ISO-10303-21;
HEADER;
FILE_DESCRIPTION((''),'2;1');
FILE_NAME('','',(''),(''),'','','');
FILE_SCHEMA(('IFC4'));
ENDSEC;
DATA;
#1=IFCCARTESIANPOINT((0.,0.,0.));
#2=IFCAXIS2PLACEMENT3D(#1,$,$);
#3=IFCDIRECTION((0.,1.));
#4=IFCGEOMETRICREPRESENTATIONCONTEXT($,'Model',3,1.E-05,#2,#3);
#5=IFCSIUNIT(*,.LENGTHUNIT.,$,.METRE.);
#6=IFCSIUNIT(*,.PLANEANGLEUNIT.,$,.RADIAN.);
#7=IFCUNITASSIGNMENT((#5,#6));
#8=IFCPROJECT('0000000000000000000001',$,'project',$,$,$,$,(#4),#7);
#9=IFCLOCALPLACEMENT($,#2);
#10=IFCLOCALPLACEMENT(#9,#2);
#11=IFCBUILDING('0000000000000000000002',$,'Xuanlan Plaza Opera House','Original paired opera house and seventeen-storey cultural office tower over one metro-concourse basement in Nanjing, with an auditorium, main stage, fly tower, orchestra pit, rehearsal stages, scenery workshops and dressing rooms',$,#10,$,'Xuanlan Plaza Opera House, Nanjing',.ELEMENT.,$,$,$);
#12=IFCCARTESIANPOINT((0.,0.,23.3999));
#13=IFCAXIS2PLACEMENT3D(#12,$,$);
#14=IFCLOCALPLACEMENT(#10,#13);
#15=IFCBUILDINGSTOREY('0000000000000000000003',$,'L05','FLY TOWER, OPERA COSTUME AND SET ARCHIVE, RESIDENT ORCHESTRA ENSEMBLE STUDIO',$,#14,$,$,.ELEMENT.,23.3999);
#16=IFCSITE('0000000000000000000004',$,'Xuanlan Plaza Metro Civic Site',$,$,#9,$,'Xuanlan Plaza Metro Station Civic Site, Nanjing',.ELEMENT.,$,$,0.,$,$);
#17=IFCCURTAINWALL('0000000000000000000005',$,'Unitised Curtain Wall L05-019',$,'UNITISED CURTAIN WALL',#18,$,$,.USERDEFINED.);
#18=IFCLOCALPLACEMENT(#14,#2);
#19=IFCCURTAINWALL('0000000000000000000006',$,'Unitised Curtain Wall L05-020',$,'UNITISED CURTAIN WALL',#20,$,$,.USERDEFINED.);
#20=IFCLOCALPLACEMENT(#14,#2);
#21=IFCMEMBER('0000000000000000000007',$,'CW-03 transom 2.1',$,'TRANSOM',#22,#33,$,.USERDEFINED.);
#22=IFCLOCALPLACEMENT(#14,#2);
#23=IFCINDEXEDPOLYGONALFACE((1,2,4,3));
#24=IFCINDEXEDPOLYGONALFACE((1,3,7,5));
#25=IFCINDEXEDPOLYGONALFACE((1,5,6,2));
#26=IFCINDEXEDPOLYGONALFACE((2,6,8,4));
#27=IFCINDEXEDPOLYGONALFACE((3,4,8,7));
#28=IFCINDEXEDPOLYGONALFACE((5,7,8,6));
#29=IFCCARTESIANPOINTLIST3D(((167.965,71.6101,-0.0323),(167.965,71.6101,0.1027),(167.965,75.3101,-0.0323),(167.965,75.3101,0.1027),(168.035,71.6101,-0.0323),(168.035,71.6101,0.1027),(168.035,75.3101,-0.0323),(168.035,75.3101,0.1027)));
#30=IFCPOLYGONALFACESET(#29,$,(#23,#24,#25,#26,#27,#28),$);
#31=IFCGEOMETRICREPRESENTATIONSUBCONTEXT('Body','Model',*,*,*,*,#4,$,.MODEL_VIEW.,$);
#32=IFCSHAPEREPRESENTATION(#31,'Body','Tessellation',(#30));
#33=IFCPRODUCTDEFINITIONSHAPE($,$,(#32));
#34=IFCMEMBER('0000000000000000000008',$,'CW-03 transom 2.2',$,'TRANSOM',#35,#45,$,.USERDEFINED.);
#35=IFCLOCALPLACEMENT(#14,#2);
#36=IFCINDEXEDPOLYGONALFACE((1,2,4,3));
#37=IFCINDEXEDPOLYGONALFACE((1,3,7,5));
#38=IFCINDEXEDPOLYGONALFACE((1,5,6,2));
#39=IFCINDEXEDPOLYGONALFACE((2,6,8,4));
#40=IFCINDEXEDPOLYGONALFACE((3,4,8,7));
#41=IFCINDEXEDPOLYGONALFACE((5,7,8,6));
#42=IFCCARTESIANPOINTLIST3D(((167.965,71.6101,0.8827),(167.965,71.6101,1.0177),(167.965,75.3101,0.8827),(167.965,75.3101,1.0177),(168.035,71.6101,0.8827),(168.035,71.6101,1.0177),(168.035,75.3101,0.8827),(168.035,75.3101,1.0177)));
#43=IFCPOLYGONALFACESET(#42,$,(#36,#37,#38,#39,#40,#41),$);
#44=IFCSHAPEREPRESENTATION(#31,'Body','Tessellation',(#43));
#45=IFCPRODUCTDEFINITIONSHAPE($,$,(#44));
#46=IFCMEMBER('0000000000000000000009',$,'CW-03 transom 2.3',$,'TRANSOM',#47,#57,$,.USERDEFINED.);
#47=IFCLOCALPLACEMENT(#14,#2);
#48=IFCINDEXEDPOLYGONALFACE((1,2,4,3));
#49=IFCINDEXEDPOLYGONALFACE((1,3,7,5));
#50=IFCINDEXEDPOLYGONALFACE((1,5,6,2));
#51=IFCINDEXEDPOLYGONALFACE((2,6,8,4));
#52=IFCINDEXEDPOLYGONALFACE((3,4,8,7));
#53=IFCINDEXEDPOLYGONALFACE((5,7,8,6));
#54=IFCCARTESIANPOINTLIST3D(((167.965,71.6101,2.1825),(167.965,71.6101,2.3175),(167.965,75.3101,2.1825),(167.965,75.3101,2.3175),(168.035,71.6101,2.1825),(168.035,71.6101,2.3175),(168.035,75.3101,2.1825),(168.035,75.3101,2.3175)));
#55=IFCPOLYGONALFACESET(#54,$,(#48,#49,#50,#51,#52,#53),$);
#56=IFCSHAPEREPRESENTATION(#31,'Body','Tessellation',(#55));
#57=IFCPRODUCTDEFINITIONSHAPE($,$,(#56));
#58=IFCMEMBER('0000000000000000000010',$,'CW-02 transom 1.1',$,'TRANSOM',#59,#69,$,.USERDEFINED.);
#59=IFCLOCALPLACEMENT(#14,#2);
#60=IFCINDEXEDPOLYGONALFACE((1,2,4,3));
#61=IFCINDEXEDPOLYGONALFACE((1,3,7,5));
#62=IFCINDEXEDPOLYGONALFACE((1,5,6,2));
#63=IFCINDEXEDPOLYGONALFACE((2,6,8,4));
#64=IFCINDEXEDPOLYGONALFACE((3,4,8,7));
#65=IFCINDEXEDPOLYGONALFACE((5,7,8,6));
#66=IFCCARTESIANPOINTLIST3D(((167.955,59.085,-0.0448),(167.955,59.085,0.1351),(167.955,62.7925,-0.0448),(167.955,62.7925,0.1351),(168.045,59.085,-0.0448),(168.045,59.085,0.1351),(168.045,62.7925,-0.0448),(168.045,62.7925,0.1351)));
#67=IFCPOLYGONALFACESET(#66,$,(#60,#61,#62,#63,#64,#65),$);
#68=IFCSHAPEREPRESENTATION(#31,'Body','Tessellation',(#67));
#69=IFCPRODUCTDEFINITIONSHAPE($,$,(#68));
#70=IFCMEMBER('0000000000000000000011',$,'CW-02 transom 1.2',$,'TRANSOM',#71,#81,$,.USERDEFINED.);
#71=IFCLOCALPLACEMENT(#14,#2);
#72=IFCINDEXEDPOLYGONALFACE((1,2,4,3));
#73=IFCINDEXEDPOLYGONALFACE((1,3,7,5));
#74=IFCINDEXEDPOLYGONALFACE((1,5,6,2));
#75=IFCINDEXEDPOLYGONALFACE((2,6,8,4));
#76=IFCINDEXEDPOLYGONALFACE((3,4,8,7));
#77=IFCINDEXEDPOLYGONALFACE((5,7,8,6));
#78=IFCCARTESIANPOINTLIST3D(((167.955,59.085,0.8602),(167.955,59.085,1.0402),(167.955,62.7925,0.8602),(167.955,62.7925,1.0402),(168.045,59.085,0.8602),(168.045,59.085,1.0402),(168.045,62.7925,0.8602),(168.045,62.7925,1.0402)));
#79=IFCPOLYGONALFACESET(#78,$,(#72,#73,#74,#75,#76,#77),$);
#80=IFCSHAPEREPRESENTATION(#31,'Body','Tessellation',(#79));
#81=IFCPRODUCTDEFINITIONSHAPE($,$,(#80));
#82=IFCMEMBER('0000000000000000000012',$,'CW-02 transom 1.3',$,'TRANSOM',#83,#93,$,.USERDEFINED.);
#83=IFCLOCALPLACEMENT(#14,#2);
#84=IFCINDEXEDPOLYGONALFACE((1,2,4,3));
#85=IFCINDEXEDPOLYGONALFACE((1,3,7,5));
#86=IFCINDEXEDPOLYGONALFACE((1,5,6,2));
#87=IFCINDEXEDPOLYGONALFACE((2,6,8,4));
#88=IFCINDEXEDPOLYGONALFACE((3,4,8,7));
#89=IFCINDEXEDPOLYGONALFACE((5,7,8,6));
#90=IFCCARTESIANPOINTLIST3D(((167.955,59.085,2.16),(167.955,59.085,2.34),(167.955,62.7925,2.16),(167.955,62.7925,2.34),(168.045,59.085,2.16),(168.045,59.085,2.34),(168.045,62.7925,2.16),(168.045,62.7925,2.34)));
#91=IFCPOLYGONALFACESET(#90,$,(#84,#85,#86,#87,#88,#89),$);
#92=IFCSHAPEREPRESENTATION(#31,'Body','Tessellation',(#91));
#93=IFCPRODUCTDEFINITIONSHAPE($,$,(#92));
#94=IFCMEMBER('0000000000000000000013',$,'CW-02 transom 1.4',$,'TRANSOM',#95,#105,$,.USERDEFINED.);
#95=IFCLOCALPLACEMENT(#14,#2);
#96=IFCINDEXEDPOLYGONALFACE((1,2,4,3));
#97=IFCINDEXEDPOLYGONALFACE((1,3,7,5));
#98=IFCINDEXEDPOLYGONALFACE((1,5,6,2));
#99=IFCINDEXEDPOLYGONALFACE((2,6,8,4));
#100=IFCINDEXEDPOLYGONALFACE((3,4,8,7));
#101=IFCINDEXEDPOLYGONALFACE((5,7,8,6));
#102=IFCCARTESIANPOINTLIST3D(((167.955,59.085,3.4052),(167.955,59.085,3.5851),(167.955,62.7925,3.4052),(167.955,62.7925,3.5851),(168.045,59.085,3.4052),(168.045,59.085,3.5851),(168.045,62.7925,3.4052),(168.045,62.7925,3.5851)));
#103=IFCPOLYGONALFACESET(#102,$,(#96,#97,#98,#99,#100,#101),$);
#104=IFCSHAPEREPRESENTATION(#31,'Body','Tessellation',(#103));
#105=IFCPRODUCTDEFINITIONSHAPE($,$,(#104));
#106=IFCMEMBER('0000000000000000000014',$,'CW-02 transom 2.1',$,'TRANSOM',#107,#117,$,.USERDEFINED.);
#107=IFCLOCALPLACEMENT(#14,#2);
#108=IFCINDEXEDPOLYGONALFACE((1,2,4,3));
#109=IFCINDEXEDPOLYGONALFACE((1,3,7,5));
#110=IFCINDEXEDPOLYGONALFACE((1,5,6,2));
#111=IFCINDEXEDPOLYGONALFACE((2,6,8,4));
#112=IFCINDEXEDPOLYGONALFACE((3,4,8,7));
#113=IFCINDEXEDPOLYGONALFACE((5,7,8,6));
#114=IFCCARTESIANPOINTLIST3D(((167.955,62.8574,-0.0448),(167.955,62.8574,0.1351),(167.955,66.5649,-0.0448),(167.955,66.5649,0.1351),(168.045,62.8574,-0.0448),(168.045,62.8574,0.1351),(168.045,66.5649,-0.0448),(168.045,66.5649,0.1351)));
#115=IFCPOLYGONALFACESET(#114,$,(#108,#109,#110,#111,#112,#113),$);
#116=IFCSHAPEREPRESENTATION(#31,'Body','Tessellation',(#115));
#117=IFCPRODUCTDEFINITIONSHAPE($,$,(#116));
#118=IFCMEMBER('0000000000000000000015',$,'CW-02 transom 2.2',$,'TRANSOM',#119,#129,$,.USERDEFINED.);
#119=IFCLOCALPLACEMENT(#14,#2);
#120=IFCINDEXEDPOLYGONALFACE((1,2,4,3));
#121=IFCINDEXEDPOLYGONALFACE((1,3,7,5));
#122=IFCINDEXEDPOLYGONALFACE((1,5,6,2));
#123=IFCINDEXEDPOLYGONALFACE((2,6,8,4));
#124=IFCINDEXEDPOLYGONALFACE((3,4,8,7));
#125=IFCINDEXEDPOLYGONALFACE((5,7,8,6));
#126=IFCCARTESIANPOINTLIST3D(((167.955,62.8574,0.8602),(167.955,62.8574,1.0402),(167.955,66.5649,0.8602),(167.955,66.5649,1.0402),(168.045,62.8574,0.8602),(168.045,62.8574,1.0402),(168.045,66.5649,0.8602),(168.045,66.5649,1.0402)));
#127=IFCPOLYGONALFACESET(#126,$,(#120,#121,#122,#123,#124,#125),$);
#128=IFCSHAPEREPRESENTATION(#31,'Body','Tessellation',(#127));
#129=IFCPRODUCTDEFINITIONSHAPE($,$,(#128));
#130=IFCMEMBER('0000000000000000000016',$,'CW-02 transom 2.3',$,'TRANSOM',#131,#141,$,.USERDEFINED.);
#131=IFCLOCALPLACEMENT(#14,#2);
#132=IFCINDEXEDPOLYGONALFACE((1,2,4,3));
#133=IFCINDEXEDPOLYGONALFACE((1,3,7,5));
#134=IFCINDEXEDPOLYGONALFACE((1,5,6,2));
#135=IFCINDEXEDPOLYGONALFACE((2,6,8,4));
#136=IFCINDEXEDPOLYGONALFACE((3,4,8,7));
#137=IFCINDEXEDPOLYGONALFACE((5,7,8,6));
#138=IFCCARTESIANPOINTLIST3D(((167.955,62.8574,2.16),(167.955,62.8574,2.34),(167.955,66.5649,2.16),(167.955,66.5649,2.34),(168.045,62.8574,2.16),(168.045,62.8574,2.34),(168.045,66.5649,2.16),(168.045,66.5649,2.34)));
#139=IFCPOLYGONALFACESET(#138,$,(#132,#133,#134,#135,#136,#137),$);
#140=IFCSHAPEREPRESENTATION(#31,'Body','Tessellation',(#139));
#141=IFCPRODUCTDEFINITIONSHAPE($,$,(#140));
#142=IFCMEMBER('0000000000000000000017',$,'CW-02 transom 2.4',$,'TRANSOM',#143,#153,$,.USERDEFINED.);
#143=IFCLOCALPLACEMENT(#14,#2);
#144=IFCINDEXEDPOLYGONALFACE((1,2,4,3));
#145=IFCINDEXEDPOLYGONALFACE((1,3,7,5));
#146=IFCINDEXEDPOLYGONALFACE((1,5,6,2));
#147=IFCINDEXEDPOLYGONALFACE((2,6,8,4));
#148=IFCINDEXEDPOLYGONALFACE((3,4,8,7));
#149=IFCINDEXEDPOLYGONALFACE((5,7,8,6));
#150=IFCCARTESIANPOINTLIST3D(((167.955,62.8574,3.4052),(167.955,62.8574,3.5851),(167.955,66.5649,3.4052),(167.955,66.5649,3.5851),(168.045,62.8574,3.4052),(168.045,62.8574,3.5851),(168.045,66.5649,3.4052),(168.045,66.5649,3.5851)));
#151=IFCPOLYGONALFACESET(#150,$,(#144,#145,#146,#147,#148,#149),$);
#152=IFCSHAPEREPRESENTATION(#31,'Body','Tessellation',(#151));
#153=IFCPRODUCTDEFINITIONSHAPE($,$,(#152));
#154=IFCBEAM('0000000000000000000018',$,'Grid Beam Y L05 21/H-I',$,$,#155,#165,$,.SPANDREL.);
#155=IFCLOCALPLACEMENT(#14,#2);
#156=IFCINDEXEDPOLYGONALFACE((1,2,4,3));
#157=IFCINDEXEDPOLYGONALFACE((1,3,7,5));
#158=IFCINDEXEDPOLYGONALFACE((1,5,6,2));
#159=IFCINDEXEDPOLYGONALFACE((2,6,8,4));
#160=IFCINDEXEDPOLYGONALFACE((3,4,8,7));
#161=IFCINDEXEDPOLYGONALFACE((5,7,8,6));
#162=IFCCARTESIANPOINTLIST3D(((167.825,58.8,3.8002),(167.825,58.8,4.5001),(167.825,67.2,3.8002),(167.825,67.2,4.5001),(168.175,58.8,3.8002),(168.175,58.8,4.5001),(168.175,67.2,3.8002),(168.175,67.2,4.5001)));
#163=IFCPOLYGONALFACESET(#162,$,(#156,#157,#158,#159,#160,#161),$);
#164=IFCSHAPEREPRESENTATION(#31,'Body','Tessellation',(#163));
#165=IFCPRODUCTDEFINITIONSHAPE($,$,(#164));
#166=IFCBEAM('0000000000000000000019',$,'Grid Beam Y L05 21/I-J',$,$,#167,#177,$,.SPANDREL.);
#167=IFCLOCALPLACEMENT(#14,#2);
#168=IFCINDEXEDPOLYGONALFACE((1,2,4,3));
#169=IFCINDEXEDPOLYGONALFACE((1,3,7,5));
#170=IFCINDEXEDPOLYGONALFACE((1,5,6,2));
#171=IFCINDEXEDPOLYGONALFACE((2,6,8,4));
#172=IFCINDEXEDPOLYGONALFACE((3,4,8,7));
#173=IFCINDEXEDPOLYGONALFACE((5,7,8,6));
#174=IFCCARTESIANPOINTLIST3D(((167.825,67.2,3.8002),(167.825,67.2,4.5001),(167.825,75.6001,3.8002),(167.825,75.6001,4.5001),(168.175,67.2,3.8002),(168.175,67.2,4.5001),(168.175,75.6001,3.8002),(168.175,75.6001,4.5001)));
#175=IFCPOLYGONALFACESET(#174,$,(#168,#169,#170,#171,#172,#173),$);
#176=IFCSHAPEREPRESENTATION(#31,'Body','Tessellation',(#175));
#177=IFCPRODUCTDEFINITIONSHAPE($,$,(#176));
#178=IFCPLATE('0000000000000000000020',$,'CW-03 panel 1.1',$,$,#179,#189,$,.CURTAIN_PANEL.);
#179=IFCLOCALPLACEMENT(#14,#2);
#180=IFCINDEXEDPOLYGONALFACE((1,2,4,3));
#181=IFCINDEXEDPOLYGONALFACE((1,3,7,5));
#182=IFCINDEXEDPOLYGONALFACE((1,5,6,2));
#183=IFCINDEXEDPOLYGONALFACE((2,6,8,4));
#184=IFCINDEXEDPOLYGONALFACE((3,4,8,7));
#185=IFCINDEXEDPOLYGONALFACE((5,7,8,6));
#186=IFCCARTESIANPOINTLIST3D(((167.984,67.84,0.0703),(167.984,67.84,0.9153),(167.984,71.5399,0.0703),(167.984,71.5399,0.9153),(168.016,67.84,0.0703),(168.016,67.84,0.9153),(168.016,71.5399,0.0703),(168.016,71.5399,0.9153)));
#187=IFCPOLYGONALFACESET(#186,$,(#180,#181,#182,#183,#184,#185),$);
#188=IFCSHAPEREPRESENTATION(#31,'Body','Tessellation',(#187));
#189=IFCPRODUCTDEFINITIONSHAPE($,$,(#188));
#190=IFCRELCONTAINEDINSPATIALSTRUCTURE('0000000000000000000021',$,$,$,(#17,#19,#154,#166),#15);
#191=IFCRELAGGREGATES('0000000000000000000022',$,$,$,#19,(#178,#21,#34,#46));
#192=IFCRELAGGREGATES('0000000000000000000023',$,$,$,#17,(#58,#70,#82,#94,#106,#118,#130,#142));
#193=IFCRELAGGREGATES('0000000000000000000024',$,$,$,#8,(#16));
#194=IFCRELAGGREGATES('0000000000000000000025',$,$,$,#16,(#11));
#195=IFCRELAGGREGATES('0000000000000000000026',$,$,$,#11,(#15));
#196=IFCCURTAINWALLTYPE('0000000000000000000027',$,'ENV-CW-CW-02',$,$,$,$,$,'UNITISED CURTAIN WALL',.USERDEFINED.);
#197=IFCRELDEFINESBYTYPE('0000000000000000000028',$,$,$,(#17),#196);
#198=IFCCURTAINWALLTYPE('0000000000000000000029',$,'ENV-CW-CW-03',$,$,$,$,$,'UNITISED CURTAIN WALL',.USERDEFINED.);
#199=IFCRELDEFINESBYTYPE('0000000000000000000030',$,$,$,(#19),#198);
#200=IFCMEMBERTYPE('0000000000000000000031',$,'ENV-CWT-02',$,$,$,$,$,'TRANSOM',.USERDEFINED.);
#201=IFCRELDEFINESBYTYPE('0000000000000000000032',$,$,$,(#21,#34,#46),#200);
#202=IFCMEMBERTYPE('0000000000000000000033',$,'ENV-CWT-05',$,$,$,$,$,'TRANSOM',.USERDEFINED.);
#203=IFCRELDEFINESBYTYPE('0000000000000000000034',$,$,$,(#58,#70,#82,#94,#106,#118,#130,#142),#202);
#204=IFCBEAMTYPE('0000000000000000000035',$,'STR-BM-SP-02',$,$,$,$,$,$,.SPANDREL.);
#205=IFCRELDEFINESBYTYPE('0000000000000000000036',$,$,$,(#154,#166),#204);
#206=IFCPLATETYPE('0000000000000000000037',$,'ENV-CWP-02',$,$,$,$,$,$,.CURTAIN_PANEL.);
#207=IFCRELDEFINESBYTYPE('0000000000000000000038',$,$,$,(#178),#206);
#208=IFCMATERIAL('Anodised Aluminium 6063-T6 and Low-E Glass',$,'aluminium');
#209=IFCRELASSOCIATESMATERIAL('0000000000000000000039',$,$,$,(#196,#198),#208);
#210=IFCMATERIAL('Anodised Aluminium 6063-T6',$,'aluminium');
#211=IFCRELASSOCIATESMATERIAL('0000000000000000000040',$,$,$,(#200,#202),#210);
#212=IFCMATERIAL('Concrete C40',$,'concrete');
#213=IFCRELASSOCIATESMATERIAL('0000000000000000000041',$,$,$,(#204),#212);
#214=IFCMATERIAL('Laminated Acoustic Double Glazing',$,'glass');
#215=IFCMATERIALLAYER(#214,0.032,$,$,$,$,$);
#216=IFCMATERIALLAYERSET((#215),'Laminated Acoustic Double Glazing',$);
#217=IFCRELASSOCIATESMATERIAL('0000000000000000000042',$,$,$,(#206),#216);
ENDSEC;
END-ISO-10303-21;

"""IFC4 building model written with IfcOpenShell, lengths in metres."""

from ifc_helpers import new_model, si_unit, direction, frame, origin, origin_2d, place, context, subcontext, project, spatial, rectangle, extrude, material, layer, layer_set, material_profile, profile_set, type_object, element, aggregate, save


model = new_model("IFC4")

# Units and contexts
model_context = context("Model", 3, precision=1e-05, world=origin(), true_north=direction((0.0, 1.0)))
body_context = subcontext(model_context, "Body", "Model", "MODEL_VIEW")
ifc_project = project(units=[si_unit("LENGTHUNIT", "METRE"), si_unit("PLANEANGLEUNIT", "RADIAN")], contexts=[model_context])

# Site, building, storey
site_placement = place(None, origin())
site = spatial("IfcSite", under=ifc_project, at=site_placement, Name="Xuanlan Plaza Metro Civic Site", LongName="Xuanlan Plaza Metro Station Civic Site, Nanjing", CompositionType="ELEMENT", RefElevation=0.0)
building_placement = place(site_placement, origin())
building = spatial("IfcBuilding", under=site, at=building_placement, Name="Xuanlan Plaza Opera House", Description="Original paired opera house and seventeen-storey cultural office tower over one metro-concourse basement in Nanjing, with an auditorium, main stage, fly tower, orchestra pit, rehearsal stages, scenery workshops and dressing rooms", LongName="Xuanlan Plaza Opera House, Nanjing", CompositionType="ELEMENT")
storey_placement = place(building_placement, frame((0.0, 0.0, 23.3999)))
storey = spatial("IfcBuildingStorey", under=building, at=storey_placement, Name="L05", Description="FLY TOWER, OPERA COSTUME AND SET ARCHIVE, RESIDENT ORCHESTRA ENSEMBLE STUDIO", CompositionType="ELEMENT", Elevation=23.3999)

# Curtain walls, members
ifc_material_1 = material(Name="Anodised Aluminium 6063-T6 and Low-E Glass", Category="aluminium")
curtain_wall_type_1 = type_object("IfcCurtainWallType", Name="ENV-CW-CW-02", ElementType="UNITISED CURTAIN WALL", PredefinedType="USERDEFINED", material=ifc_material_1)
curtain_wall_1_placement = place(storey_placement, origin())
curtain_wall_1 = element("IfcCurtainWall", 1, at=curtain_wall_1_placement, inside=storey, type_object=curtain_wall_type_1, Name="Unitised Curtain Wall L05-019", ObjectType="UNITISED CURTAIN WALL", PredefinedType="USERDEFINED")
ifc_material_2 = material(Name="Anodised Aluminium 6063-T6", Category="aluminium")
curtain_wall_type_2 = type_object("IfcCurtainWallType", Name="ENV-CW-CW-03", ElementType="UNITISED CURTAIN WALL", PredefinedType="USERDEFINED", material=ifc_material_1)
curtain_wall_2_placement = place(storey_placement, origin())
curtain_wall_2 = element("IfcCurtainWall", 2, at=curtain_wall_2_placement, inside=storey, type_object=curtain_wall_type_2, Name="Unitised Curtain Wall L05-020", ObjectType="UNITISED CURTAIN WALL", PredefinedType="USERDEFINED")
ifc_material_profile_1 = material_profile(ifc_material_2, rectangle(XDim=0.0701, YDim=0.135, at=origin_2d()), Name="ALU-T 70x135")
ifc_profile_set_1 = profile_set([ifc_material_profile_1], Name="Anodised Aluminium 6063-T6")
member_type_1 = type_object("IfcMemberType", Name="ENV-CWT-02", ElementType="TRANSOM", PredefinedType="USERDEFINED", material=ifc_profile_set_1)
member_1_placement = place(storey_placement, frame((168.0, 71.6101, 0.0352), z_axis=(0.0, 1.0, 0.0), x_axis=(-1.0, 0.0, 0.0)))
member_1 = element("IfcMember", 3, at=member_1_placement, type_object=member_type_1, Name="CW-03 transom 2.1", ObjectType="TRANSOM", PredefinedType="USERDEFINED", context=body_context, shape_type="SweptSolid", body=[
    extrude(rectangle(XDim=0.0701, YDim=0.135, at=origin_2d()), origin(), (0.0, 0.0, 1.0), 3.7),
])
member_2_placement = place(storey_placement, frame((168.0, 71.6101, 0.9502), z_axis=(0.0, 1.0, 0.0), x_axis=(-1.0, 0.0, 0.0)))
member_2 = element("IfcMember", 4, at=member_2_placement, type_object=member_type_1, Name="CW-03 transom 2.2", ObjectType="TRANSOM", PredefinedType="USERDEFINED", context=body_context, shape_type="SweptSolid", body=[
    extrude(rectangle(XDim=0.0701, YDim=0.135, at=origin_2d()), origin(), (0.0, 0.0, 1.0), 3.7),
])
member_3_placement = place(storey_placement, frame((168.0, 71.6101, 2.25), z_axis=(0.0, 1.0, 0.0), x_axis=(-1.0, 0.0, 0.0)))
member_3 = element("IfcMember", 5, at=member_3_placement, type_object=member_type_1, Name="CW-03 transom 2.3", ObjectType="TRANSOM", PredefinedType="USERDEFINED", context=body_context, shape_type="SweptSolid", body=[
    extrude(rectangle(XDim=0.0701, YDim=0.135, at=origin_2d()), origin(), (0.0, 0.0, 1.0), 3.7),
])

# Members
ifc_material_profile_2 = material_profile(ifc_material_2, rectangle(XDim=0.0901, YDim=0.1799, at=origin_2d()), Name="ALU-T 90x180")
ifc_profile_set_2 = profile_set([ifc_material_profile_2], Name="Anodised Aluminium 6063-T6")
member_type_2 = type_object("IfcMemberType", Name="ENV-CWT-05", ElementType="TRANSOM", PredefinedType="USERDEFINED", material=ifc_profile_set_2)
member_4_placement = place(storey_placement, frame((168.0, 59.085, 0.0452), z_axis=(0.0, 1.0, 0.0), x_axis=(-1.0, 0.0, 0.0)))
member_4 = element("IfcMember", 6, at=member_4_placement, type_object=member_type_2, Name="CW-02 transom 1.1", ObjectType="TRANSOM", PredefinedType="USERDEFINED", context=body_context, shape_type="SweptSolid", body=[
    extrude(rectangle(XDim=0.0901, YDim=0.1799, at=origin_2d()), origin(), (0.0, 0.0, 1.0), 3.7075),
])
member_5_placement = place(storey_placement, frame((168.0, 59.085, 0.9502), z_axis=(0.0, 1.0, 0.0), x_axis=(-1.0, 0.0, 0.0)))
member_5 = element("IfcMember", 7, at=member_5_placement, type_object=member_type_2, Name="CW-02 transom 1.2", ObjectType="TRANSOM", PredefinedType="USERDEFINED", context=body_context, shape_type="SweptSolid", body=[
    extrude(rectangle(XDim=0.0901, YDim=0.1799, at=origin_2d()), origin(), (0.0, 0.0, 1.0), 3.7075),
])
member_6_placement = place(storey_placement, frame((168.0, 59.085, 2.25), z_axis=(0.0, 1.0, 0.0), x_axis=(-1.0, 0.0, 0.0)))
member_6 = element("IfcMember", 8, at=member_6_placement, type_object=member_type_2, Name="CW-02 transom 1.3", ObjectType="TRANSOM", PredefinedType="USERDEFINED", context=body_context, shape_type="SweptSolid", body=[
    extrude(rectangle(XDim=0.0901, YDim=0.1799, at=origin_2d()), origin(), (0.0, 0.0, 1.0), 3.7075),
])
member_7_placement = place(storey_placement, frame((168.0, 59.085, 3.4951), z_axis=(0.0, 1.0, 0.0), x_axis=(-1.0, 0.0, 0.0)))
member_7 = element("IfcMember", 9, at=member_7_placement, type_object=member_type_2, Name="CW-02 transom 1.4", ObjectType="TRANSOM", PredefinedType="USERDEFINED", context=body_context, shape_type="SweptSolid", body=[
    extrude(rectangle(XDim=0.0901, YDim=0.1799, at=origin_2d()), origin(), (0.0, 0.0, 1.0), 3.7075),
])
member_8_placement = place(storey_placement, frame((168.0, 62.8574, 0.0452), z_axis=(0.0, 1.0, 0.0), x_axis=(-1.0, 0.0, 0.0)))
member_8 = element("IfcMember", 10, at=member_8_placement, type_object=member_type_2, Name="CW-02 transom 2.1", ObjectType="TRANSOM", PredefinedType="USERDEFINED", context=body_context, shape_type="SweptSolid", body=[
    extrude(rectangle(XDim=0.0901, YDim=0.1799, at=origin_2d()), origin(), (0.0, 0.0, 1.0), 3.7075),
])
member_9_placement = place(storey_placement, frame((168.0, 62.8574, 0.9502), z_axis=(0.0, 1.0, 0.0), x_axis=(-1.0, 0.0, 0.0)))
member_9 = element("IfcMember", 11, at=member_9_placement, type_object=member_type_2, Name="CW-02 transom 2.2", ObjectType="TRANSOM", PredefinedType="USERDEFINED", context=body_context, shape_type="SweptSolid", body=[
    extrude(rectangle(XDim=0.0901, YDim=0.1799, at=origin_2d()), origin(), (0.0, 0.0, 1.0), 3.7075),
])
member_10_placement = place(storey_placement, frame((168.0, 62.8574, 2.25), z_axis=(0.0, 1.0, 0.0), x_axis=(-1.0, 0.0, 0.0)))
member_10 = element("IfcMember", 12, at=member_10_placement, type_object=member_type_2, Name="CW-02 transom 2.3", ObjectType="TRANSOM", PredefinedType="USERDEFINED", context=body_context, shape_type="SweptSolid", body=[
    extrude(rectangle(XDim=0.0901, YDim=0.1799, at=origin_2d()), origin(), (0.0, 0.0, 1.0), 3.7075),
])
member_11_placement = place(storey_placement, frame((168.0, 62.8574, 3.4951), z_axis=(0.0, 1.0, 0.0), x_axis=(-1.0, 0.0, 0.0)))
member_11 = element("IfcMember", 13, at=member_11_placement, type_object=member_type_2, Name="CW-02 transom 2.4", ObjectType="TRANSOM", PredefinedType="USERDEFINED", context=body_context, shape_type="SweptSolid", body=[
    extrude(rectangle(XDim=0.0901, YDim=0.1799, at=origin_2d()), origin(), (0.0, 0.0, 1.0), 3.7075),
])

# Beams
ifc_material_3 = material(Name="Concrete C40", Category="concrete")
ifc_material_profile_3 = material_profile(ifc_material_3, rectangle(XDim=0.3501, YDim=0.7, at=origin_2d()), Name="RC-SPD 350x700")
ifc_profile_set_3 = profile_set([ifc_material_profile_3], Name="Concrete C40")
beam_type = type_object("IfcBeamType", Name="STR-BM-SP-02", PredefinedType="SPANDREL", material=ifc_profile_set_3)
beam_1_placement = place(storey_placement, frame((168.0, 58.8, 4.1501), z_axis=(0.0, 1.0, 0.0), x_axis=(-1.0, 0.0, 0.0)))
element("IfcBeam", 14, at=beam_1_placement, inside=storey, type_object=beam_type, Name="Grid Beam Y L05 21/H-I", PredefinedType="SPANDREL", context=body_context, shape_type="SweptSolid", body=[
    extrude(rectangle(XDim=0.3501, YDim=0.7, at=origin_2d()), origin(), (0.0, 0.0, 1.0), 8.3999),
])
beam_2_placement = place(storey_placement, frame((168.0, 67.2, 4.1501), z_axis=(0.0, 1.0, 0.0), x_axis=(-1.0, 0.0, 0.0)))
element("IfcBeam", 15, at=beam_2_placement, inside=storey, type_object=beam_type, Name="Grid Beam Y L05 21/I-J", PredefinedType="SPANDREL", context=body_context, shape_type="SweptSolid", body=[
    extrude(rectangle(XDim=0.3501, YDim=0.7, at=origin_2d()), origin(), (0.0, 0.0, 1.0), 8.4001),
])

# Plate
ifc_material_4 = material(Name="Laminated Acoustic Double Glazing", Category="glass")
ifc_layer_1 = layer(ifc_material_4, 0.032)
ifc_layer_set_1 = layer_set([ifc_layer_1], Name="Laminated Acoustic Double Glazing")
plate_type_1 = type_object("IfcPlateType", Name="ENV-CWP-02", PredefinedType="CURTAIN_PANEL", material=ifc_layer_set_1)
plate_1_placement = place(storey_placement, frame((168.0, 69.6899, 0.0703), z_axis=(0.0, 0.0, 1.0), x_axis=(0.0, 1.0, 0.0)))
plate_1 = element("IfcPlate", 16, at=plate_1_placement, type_object=plate_type_1, Name="CW-03 panel 1.1", PredefinedType="CURTAIN_PANEL", context=body_context, shape_type="SweptSolid", body=[
    extrude(rectangle(XDim=3.7, YDim=0.032, at=origin_2d()), origin(), (0.0, 0.0, 1.0), 0.845),
])
aggregate(curtain_wall_2, [plate_1, member_1, member_2, member_3])
aggregate(curtain_wall_1, [member_4, member_5, member_6, member_7, member_8, member_9, member_10, member_11])

save(model, "model.ifc")
